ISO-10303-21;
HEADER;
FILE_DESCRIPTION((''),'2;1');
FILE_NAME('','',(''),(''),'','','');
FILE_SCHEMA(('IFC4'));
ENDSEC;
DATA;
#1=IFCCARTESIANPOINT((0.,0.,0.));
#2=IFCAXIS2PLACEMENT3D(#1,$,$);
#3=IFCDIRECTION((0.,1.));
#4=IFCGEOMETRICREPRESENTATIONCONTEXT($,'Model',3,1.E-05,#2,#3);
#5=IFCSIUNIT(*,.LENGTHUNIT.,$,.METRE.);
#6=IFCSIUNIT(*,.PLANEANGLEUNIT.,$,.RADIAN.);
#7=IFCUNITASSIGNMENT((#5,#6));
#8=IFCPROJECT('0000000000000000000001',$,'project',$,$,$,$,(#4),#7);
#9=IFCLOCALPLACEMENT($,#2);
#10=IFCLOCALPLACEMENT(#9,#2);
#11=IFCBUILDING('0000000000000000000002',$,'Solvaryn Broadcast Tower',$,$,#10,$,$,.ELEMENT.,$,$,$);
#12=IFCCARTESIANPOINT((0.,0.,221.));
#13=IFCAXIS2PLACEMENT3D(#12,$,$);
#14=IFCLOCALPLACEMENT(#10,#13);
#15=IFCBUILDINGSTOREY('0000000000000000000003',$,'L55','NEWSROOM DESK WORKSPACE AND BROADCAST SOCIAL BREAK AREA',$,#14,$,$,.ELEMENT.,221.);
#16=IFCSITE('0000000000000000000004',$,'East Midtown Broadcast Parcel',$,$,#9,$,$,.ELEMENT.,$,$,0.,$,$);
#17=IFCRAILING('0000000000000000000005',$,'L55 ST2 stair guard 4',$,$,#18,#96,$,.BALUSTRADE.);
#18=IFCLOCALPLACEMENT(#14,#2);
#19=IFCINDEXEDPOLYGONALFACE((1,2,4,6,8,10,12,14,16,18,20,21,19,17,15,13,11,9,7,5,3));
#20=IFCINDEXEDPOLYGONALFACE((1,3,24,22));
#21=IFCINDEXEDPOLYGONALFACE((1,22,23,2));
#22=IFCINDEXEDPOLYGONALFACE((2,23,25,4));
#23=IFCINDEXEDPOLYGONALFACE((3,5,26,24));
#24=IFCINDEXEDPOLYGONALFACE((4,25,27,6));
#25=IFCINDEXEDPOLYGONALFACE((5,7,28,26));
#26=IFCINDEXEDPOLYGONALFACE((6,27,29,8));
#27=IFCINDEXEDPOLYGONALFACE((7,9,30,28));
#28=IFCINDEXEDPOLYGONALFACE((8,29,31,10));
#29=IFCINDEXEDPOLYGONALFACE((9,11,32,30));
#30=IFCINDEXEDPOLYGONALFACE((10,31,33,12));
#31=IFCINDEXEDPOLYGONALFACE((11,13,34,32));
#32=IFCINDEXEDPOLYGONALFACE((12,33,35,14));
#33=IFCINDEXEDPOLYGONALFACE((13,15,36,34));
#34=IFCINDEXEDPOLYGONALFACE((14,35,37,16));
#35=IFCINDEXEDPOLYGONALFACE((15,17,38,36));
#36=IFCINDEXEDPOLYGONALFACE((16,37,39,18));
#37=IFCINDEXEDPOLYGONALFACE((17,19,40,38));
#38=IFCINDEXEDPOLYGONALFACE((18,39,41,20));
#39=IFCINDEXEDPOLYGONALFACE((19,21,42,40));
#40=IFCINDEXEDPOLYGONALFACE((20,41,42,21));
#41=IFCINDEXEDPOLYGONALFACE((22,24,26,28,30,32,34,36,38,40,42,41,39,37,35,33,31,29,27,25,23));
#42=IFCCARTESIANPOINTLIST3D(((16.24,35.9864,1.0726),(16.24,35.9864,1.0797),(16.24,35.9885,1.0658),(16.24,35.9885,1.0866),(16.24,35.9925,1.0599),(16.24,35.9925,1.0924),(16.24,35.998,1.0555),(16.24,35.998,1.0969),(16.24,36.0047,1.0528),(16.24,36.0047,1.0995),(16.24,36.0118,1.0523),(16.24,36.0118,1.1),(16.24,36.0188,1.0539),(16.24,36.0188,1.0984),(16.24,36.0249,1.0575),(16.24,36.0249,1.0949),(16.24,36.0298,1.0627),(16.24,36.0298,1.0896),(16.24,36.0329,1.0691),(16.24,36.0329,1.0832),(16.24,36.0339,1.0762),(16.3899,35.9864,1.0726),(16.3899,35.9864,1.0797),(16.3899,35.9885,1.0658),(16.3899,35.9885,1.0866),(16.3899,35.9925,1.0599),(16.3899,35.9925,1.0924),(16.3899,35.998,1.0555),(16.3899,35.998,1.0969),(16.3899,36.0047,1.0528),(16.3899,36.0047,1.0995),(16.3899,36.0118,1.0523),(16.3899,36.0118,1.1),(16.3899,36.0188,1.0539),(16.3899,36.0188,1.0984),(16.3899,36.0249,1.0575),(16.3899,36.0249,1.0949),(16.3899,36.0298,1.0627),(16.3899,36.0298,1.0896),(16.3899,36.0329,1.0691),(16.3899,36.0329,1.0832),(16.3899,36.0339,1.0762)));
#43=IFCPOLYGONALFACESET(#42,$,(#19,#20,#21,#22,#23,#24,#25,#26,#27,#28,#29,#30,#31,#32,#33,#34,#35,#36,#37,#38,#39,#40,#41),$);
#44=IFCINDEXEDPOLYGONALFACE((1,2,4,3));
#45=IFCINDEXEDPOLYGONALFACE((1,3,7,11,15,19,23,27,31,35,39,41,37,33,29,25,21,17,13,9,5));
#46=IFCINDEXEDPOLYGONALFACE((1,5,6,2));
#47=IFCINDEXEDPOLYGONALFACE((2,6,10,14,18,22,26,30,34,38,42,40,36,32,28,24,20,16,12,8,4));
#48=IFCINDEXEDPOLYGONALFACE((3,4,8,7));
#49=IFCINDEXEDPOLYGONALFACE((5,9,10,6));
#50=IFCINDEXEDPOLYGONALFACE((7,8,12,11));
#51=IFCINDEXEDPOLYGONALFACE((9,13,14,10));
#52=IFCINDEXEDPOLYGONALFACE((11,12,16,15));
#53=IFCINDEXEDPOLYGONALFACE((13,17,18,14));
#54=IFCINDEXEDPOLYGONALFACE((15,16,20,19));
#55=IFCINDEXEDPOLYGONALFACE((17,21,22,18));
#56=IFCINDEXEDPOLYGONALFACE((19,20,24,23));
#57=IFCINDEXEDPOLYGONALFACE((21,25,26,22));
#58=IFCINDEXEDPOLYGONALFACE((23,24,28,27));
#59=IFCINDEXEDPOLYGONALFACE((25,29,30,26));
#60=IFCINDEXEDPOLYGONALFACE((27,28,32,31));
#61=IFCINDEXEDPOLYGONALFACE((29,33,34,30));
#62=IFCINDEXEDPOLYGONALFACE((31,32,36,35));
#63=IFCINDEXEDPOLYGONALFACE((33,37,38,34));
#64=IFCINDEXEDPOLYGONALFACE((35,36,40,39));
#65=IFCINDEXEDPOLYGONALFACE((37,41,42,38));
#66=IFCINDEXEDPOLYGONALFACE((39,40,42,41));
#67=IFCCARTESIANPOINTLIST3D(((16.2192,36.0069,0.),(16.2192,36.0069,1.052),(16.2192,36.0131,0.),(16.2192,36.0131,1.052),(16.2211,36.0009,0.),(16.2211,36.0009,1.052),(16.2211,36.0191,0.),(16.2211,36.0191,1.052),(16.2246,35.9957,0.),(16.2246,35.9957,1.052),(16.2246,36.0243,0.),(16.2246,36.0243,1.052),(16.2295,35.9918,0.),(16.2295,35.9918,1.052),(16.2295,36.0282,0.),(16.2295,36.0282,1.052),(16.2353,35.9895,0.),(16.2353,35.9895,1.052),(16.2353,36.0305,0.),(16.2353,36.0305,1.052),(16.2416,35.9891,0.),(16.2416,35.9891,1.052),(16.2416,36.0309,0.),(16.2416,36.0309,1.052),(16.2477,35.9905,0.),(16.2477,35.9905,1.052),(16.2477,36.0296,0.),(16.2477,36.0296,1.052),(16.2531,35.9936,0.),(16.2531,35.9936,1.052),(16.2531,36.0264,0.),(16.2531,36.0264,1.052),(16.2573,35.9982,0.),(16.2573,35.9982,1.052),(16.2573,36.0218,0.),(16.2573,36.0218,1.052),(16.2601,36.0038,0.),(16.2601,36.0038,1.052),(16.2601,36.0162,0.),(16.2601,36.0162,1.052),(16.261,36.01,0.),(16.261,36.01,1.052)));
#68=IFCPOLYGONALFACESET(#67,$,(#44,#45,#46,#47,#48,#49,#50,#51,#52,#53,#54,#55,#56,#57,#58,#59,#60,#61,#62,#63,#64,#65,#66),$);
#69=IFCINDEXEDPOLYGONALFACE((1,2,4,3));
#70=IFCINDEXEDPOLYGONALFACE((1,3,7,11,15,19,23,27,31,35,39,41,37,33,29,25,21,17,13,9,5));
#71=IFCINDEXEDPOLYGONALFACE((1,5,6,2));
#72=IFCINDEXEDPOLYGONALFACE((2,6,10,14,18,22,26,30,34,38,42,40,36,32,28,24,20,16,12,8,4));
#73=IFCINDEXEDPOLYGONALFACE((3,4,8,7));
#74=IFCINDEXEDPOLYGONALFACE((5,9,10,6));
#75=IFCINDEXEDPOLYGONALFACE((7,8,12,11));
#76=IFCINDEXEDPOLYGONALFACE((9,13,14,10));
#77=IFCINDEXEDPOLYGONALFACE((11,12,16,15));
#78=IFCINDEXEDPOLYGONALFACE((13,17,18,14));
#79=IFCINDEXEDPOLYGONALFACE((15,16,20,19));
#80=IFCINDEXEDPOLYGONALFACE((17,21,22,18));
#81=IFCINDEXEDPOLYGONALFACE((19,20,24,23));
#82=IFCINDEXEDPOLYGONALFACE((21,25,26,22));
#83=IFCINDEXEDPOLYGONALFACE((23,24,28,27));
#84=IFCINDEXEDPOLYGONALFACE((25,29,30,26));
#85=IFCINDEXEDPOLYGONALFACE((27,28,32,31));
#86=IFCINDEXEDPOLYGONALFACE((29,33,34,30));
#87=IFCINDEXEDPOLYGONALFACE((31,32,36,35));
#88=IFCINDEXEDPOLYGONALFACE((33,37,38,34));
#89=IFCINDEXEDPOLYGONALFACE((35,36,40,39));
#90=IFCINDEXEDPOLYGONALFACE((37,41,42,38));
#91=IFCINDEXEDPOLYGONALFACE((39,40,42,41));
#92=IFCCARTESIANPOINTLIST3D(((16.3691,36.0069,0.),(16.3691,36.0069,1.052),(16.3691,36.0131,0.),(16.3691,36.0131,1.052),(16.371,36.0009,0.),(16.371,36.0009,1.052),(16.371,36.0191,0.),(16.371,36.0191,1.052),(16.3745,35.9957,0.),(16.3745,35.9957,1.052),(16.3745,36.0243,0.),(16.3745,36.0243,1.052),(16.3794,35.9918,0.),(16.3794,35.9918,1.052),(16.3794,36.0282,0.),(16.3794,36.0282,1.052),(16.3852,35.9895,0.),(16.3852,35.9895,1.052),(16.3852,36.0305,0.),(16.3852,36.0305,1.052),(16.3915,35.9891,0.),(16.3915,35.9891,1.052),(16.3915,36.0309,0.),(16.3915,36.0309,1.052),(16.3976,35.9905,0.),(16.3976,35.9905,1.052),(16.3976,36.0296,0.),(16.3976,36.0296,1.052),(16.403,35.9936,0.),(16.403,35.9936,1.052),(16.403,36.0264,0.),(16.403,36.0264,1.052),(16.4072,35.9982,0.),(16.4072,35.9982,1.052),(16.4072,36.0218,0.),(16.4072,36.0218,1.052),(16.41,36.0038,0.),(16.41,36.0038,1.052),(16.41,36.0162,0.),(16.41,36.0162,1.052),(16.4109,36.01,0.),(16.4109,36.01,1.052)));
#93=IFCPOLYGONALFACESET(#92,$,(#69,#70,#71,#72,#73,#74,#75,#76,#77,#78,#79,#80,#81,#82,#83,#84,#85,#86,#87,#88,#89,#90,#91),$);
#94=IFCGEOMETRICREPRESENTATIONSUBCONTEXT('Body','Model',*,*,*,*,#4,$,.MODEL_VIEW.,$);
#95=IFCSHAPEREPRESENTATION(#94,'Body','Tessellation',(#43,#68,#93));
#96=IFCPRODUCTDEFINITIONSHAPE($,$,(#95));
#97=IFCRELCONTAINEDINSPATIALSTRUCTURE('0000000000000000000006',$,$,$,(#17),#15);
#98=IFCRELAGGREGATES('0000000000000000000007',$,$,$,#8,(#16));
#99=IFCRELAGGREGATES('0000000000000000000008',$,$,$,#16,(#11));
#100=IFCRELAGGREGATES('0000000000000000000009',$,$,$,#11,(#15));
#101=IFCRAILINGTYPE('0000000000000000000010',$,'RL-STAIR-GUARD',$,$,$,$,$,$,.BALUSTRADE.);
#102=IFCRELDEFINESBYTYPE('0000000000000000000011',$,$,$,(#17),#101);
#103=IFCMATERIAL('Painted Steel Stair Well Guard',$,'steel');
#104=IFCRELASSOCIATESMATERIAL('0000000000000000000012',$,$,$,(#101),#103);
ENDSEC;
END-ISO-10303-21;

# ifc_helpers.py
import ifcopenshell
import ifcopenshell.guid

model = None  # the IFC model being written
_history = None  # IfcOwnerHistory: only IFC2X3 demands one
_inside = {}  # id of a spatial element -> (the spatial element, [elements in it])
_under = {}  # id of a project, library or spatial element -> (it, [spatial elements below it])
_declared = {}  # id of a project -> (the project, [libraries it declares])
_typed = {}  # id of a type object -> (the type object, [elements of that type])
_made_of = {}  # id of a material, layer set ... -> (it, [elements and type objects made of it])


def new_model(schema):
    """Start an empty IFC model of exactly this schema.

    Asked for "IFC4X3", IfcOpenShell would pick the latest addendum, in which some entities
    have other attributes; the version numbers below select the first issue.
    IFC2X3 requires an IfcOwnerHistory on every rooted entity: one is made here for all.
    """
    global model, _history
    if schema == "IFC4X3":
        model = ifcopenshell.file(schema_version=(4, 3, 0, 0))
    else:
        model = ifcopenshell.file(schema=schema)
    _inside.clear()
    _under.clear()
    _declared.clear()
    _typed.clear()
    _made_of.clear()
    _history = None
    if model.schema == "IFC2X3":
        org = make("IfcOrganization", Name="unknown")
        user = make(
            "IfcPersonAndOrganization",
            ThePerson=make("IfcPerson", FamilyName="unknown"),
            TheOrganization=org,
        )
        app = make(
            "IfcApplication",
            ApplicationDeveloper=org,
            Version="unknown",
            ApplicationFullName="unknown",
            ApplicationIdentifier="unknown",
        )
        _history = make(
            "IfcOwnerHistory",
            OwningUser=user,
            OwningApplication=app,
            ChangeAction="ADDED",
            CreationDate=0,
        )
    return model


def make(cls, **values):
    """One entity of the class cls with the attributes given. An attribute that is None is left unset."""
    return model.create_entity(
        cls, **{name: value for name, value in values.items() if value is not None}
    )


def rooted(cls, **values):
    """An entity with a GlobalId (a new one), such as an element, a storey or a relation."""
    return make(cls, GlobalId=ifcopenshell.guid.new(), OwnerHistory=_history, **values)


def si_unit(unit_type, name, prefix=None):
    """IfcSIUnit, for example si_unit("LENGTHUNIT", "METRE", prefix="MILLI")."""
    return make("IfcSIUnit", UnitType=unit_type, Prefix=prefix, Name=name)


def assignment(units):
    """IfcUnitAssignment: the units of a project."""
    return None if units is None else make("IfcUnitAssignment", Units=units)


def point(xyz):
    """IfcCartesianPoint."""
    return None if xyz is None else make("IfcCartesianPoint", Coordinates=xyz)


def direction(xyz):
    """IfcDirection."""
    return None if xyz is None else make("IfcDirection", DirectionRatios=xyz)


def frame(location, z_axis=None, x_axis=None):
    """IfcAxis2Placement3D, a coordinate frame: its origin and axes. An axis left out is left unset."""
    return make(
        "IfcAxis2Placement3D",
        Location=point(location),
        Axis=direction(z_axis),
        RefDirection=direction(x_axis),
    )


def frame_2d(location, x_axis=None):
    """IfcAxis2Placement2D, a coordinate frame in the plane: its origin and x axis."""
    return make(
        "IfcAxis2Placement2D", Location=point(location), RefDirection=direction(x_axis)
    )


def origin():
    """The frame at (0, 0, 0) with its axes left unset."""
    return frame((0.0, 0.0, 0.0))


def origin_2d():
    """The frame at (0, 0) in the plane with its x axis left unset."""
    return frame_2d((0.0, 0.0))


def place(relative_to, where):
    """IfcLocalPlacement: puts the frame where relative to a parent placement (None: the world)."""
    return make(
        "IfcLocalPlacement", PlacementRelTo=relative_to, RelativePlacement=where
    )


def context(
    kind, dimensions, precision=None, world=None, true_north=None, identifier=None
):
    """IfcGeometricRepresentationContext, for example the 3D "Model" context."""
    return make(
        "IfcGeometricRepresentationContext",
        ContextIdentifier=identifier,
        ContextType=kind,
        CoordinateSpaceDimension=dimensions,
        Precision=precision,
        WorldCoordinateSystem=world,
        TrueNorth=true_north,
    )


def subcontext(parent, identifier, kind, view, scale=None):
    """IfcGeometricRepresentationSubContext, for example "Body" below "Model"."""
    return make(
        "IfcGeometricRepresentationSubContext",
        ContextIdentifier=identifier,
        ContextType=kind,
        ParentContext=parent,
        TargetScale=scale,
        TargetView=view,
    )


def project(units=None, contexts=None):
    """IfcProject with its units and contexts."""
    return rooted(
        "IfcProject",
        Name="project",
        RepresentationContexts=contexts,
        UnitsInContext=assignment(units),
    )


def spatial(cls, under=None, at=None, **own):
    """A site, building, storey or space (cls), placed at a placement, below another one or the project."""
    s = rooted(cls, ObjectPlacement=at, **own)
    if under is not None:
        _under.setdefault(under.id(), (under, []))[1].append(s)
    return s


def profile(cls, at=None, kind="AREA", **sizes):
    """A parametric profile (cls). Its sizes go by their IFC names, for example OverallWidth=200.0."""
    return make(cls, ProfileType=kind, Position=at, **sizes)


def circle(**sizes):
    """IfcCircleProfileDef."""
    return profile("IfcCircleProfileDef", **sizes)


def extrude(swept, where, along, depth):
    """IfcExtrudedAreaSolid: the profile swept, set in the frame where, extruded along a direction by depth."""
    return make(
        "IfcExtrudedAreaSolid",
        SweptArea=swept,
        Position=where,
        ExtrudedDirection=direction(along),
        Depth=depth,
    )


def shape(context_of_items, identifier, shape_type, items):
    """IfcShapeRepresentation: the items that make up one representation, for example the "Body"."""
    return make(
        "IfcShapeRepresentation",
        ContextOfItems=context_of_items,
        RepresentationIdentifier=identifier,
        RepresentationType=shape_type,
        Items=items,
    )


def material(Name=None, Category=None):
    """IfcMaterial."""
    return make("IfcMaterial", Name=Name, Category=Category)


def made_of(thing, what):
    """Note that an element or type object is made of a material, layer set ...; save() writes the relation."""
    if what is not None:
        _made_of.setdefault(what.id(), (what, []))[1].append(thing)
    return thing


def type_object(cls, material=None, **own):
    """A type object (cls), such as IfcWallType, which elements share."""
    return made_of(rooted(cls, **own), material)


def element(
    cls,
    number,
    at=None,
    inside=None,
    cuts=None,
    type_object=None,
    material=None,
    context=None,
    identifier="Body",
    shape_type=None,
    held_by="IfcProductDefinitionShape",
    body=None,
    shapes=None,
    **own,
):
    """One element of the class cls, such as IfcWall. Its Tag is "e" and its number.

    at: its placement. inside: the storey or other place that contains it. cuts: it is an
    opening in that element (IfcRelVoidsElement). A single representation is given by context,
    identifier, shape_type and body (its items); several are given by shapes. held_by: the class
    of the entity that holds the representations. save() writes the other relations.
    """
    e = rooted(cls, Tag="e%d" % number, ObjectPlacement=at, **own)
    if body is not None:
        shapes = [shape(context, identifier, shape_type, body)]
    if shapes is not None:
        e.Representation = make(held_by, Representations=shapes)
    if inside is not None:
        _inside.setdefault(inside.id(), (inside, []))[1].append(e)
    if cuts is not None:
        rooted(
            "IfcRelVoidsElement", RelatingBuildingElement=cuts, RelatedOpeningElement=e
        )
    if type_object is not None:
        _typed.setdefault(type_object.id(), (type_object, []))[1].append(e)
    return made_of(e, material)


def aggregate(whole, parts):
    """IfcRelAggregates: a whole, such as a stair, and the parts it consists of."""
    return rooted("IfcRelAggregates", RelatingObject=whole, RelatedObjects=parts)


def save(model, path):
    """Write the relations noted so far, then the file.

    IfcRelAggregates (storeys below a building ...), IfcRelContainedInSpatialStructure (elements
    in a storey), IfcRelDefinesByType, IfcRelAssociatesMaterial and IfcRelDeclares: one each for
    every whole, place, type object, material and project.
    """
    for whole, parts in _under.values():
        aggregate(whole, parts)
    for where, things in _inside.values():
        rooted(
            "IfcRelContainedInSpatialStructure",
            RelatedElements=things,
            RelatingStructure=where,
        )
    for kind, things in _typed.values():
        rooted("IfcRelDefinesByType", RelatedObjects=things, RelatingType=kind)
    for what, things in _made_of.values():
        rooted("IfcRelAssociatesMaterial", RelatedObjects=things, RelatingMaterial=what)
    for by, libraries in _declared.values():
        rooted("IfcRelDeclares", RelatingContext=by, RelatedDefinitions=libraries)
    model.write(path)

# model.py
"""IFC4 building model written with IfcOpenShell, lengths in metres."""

from ifc_helpers import new_model, si_unit, direction, frame, origin, origin_2d, place, context, subcontext, project, spatial, circle, extrude, material, type_object, element, save


model = new_model("IFC4")

# Units and contexts
model_context = context("Model", 3, precision=1e-05, world=origin(), true_north=direction((0.0, 1.0)))
body_context = subcontext(model_context, "Body", "Model", "MODEL_VIEW")
ifc_project = project(units=[si_unit("LENGTHUNIT", "METRE"), si_unit("PLANEANGLEUNIT", "RADIAN")], contexts=[model_context])

# Site, building, storey
site_placement = place(None, origin())
site = spatial("IfcSite", under=ifc_project, at=site_placement, Name="East Midtown Broadcast Parcel", CompositionType="ELEMENT", RefElevation=0.0)
building_placement = place(site_placement, origin())
building = spatial("IfcBuilding", under=site, at=building_placement, Name="Solvaryn Broadcast Tower", CompositionType="ELEMENT")
storey_placement = place(building_placement, frame((0.0, 0.0, 221.0)))
storey = spatial("IfcBuildingStorey", under=building, at=storey_placement, Name="L55", Description="NEWSROOM DESK WORKSPACE AND BROADCAST SOCIAL BREAK AREA", CompositionType="ELEMENT", Elevation=221.0)

# Railing
ifc_material_1 = material(Name="Painted Steel Stair Well Guard", Category="steel")
railing_type_1 = type_object("IfcRailingType", Name="RL-STAIR-GUARD", PredefinedType="BALUSTRADE", material=ifc_material_1)
railing_1_placement = place(storey_placement, frame((16.24, 36.01, 0.0)))
element("IfcRailing", 1, at=railing_1_placement, inside=storey, type_object=railing_type_1, Name="L55 ST2 stair guard 4", PredefinedType="BALUSTRADE", context=body_context, shape_type="SweptSolid", body=[
    extrude(circle(Radius=0.0239, at=origin_2d()), frame((0.0, 0.0, 1.0762), z_axis=(1.0, 0.0, 0.0), x_axis=(0.0, 1.0, 0.0)), (0.0, 0.0, 1.0), 0.1499),
    extrude(circle(Radius=0.021, at=origin_2d()), origin(), (0.0, 0.0, 1.0), 1.052),
    extrude(circle(Radius=0.021, at=origin_2d()), frame((0.1499, 0.0, 0.0)), (0.0, 0.0, 1.0), 1.052),
])

save(model, "model.ifc")
